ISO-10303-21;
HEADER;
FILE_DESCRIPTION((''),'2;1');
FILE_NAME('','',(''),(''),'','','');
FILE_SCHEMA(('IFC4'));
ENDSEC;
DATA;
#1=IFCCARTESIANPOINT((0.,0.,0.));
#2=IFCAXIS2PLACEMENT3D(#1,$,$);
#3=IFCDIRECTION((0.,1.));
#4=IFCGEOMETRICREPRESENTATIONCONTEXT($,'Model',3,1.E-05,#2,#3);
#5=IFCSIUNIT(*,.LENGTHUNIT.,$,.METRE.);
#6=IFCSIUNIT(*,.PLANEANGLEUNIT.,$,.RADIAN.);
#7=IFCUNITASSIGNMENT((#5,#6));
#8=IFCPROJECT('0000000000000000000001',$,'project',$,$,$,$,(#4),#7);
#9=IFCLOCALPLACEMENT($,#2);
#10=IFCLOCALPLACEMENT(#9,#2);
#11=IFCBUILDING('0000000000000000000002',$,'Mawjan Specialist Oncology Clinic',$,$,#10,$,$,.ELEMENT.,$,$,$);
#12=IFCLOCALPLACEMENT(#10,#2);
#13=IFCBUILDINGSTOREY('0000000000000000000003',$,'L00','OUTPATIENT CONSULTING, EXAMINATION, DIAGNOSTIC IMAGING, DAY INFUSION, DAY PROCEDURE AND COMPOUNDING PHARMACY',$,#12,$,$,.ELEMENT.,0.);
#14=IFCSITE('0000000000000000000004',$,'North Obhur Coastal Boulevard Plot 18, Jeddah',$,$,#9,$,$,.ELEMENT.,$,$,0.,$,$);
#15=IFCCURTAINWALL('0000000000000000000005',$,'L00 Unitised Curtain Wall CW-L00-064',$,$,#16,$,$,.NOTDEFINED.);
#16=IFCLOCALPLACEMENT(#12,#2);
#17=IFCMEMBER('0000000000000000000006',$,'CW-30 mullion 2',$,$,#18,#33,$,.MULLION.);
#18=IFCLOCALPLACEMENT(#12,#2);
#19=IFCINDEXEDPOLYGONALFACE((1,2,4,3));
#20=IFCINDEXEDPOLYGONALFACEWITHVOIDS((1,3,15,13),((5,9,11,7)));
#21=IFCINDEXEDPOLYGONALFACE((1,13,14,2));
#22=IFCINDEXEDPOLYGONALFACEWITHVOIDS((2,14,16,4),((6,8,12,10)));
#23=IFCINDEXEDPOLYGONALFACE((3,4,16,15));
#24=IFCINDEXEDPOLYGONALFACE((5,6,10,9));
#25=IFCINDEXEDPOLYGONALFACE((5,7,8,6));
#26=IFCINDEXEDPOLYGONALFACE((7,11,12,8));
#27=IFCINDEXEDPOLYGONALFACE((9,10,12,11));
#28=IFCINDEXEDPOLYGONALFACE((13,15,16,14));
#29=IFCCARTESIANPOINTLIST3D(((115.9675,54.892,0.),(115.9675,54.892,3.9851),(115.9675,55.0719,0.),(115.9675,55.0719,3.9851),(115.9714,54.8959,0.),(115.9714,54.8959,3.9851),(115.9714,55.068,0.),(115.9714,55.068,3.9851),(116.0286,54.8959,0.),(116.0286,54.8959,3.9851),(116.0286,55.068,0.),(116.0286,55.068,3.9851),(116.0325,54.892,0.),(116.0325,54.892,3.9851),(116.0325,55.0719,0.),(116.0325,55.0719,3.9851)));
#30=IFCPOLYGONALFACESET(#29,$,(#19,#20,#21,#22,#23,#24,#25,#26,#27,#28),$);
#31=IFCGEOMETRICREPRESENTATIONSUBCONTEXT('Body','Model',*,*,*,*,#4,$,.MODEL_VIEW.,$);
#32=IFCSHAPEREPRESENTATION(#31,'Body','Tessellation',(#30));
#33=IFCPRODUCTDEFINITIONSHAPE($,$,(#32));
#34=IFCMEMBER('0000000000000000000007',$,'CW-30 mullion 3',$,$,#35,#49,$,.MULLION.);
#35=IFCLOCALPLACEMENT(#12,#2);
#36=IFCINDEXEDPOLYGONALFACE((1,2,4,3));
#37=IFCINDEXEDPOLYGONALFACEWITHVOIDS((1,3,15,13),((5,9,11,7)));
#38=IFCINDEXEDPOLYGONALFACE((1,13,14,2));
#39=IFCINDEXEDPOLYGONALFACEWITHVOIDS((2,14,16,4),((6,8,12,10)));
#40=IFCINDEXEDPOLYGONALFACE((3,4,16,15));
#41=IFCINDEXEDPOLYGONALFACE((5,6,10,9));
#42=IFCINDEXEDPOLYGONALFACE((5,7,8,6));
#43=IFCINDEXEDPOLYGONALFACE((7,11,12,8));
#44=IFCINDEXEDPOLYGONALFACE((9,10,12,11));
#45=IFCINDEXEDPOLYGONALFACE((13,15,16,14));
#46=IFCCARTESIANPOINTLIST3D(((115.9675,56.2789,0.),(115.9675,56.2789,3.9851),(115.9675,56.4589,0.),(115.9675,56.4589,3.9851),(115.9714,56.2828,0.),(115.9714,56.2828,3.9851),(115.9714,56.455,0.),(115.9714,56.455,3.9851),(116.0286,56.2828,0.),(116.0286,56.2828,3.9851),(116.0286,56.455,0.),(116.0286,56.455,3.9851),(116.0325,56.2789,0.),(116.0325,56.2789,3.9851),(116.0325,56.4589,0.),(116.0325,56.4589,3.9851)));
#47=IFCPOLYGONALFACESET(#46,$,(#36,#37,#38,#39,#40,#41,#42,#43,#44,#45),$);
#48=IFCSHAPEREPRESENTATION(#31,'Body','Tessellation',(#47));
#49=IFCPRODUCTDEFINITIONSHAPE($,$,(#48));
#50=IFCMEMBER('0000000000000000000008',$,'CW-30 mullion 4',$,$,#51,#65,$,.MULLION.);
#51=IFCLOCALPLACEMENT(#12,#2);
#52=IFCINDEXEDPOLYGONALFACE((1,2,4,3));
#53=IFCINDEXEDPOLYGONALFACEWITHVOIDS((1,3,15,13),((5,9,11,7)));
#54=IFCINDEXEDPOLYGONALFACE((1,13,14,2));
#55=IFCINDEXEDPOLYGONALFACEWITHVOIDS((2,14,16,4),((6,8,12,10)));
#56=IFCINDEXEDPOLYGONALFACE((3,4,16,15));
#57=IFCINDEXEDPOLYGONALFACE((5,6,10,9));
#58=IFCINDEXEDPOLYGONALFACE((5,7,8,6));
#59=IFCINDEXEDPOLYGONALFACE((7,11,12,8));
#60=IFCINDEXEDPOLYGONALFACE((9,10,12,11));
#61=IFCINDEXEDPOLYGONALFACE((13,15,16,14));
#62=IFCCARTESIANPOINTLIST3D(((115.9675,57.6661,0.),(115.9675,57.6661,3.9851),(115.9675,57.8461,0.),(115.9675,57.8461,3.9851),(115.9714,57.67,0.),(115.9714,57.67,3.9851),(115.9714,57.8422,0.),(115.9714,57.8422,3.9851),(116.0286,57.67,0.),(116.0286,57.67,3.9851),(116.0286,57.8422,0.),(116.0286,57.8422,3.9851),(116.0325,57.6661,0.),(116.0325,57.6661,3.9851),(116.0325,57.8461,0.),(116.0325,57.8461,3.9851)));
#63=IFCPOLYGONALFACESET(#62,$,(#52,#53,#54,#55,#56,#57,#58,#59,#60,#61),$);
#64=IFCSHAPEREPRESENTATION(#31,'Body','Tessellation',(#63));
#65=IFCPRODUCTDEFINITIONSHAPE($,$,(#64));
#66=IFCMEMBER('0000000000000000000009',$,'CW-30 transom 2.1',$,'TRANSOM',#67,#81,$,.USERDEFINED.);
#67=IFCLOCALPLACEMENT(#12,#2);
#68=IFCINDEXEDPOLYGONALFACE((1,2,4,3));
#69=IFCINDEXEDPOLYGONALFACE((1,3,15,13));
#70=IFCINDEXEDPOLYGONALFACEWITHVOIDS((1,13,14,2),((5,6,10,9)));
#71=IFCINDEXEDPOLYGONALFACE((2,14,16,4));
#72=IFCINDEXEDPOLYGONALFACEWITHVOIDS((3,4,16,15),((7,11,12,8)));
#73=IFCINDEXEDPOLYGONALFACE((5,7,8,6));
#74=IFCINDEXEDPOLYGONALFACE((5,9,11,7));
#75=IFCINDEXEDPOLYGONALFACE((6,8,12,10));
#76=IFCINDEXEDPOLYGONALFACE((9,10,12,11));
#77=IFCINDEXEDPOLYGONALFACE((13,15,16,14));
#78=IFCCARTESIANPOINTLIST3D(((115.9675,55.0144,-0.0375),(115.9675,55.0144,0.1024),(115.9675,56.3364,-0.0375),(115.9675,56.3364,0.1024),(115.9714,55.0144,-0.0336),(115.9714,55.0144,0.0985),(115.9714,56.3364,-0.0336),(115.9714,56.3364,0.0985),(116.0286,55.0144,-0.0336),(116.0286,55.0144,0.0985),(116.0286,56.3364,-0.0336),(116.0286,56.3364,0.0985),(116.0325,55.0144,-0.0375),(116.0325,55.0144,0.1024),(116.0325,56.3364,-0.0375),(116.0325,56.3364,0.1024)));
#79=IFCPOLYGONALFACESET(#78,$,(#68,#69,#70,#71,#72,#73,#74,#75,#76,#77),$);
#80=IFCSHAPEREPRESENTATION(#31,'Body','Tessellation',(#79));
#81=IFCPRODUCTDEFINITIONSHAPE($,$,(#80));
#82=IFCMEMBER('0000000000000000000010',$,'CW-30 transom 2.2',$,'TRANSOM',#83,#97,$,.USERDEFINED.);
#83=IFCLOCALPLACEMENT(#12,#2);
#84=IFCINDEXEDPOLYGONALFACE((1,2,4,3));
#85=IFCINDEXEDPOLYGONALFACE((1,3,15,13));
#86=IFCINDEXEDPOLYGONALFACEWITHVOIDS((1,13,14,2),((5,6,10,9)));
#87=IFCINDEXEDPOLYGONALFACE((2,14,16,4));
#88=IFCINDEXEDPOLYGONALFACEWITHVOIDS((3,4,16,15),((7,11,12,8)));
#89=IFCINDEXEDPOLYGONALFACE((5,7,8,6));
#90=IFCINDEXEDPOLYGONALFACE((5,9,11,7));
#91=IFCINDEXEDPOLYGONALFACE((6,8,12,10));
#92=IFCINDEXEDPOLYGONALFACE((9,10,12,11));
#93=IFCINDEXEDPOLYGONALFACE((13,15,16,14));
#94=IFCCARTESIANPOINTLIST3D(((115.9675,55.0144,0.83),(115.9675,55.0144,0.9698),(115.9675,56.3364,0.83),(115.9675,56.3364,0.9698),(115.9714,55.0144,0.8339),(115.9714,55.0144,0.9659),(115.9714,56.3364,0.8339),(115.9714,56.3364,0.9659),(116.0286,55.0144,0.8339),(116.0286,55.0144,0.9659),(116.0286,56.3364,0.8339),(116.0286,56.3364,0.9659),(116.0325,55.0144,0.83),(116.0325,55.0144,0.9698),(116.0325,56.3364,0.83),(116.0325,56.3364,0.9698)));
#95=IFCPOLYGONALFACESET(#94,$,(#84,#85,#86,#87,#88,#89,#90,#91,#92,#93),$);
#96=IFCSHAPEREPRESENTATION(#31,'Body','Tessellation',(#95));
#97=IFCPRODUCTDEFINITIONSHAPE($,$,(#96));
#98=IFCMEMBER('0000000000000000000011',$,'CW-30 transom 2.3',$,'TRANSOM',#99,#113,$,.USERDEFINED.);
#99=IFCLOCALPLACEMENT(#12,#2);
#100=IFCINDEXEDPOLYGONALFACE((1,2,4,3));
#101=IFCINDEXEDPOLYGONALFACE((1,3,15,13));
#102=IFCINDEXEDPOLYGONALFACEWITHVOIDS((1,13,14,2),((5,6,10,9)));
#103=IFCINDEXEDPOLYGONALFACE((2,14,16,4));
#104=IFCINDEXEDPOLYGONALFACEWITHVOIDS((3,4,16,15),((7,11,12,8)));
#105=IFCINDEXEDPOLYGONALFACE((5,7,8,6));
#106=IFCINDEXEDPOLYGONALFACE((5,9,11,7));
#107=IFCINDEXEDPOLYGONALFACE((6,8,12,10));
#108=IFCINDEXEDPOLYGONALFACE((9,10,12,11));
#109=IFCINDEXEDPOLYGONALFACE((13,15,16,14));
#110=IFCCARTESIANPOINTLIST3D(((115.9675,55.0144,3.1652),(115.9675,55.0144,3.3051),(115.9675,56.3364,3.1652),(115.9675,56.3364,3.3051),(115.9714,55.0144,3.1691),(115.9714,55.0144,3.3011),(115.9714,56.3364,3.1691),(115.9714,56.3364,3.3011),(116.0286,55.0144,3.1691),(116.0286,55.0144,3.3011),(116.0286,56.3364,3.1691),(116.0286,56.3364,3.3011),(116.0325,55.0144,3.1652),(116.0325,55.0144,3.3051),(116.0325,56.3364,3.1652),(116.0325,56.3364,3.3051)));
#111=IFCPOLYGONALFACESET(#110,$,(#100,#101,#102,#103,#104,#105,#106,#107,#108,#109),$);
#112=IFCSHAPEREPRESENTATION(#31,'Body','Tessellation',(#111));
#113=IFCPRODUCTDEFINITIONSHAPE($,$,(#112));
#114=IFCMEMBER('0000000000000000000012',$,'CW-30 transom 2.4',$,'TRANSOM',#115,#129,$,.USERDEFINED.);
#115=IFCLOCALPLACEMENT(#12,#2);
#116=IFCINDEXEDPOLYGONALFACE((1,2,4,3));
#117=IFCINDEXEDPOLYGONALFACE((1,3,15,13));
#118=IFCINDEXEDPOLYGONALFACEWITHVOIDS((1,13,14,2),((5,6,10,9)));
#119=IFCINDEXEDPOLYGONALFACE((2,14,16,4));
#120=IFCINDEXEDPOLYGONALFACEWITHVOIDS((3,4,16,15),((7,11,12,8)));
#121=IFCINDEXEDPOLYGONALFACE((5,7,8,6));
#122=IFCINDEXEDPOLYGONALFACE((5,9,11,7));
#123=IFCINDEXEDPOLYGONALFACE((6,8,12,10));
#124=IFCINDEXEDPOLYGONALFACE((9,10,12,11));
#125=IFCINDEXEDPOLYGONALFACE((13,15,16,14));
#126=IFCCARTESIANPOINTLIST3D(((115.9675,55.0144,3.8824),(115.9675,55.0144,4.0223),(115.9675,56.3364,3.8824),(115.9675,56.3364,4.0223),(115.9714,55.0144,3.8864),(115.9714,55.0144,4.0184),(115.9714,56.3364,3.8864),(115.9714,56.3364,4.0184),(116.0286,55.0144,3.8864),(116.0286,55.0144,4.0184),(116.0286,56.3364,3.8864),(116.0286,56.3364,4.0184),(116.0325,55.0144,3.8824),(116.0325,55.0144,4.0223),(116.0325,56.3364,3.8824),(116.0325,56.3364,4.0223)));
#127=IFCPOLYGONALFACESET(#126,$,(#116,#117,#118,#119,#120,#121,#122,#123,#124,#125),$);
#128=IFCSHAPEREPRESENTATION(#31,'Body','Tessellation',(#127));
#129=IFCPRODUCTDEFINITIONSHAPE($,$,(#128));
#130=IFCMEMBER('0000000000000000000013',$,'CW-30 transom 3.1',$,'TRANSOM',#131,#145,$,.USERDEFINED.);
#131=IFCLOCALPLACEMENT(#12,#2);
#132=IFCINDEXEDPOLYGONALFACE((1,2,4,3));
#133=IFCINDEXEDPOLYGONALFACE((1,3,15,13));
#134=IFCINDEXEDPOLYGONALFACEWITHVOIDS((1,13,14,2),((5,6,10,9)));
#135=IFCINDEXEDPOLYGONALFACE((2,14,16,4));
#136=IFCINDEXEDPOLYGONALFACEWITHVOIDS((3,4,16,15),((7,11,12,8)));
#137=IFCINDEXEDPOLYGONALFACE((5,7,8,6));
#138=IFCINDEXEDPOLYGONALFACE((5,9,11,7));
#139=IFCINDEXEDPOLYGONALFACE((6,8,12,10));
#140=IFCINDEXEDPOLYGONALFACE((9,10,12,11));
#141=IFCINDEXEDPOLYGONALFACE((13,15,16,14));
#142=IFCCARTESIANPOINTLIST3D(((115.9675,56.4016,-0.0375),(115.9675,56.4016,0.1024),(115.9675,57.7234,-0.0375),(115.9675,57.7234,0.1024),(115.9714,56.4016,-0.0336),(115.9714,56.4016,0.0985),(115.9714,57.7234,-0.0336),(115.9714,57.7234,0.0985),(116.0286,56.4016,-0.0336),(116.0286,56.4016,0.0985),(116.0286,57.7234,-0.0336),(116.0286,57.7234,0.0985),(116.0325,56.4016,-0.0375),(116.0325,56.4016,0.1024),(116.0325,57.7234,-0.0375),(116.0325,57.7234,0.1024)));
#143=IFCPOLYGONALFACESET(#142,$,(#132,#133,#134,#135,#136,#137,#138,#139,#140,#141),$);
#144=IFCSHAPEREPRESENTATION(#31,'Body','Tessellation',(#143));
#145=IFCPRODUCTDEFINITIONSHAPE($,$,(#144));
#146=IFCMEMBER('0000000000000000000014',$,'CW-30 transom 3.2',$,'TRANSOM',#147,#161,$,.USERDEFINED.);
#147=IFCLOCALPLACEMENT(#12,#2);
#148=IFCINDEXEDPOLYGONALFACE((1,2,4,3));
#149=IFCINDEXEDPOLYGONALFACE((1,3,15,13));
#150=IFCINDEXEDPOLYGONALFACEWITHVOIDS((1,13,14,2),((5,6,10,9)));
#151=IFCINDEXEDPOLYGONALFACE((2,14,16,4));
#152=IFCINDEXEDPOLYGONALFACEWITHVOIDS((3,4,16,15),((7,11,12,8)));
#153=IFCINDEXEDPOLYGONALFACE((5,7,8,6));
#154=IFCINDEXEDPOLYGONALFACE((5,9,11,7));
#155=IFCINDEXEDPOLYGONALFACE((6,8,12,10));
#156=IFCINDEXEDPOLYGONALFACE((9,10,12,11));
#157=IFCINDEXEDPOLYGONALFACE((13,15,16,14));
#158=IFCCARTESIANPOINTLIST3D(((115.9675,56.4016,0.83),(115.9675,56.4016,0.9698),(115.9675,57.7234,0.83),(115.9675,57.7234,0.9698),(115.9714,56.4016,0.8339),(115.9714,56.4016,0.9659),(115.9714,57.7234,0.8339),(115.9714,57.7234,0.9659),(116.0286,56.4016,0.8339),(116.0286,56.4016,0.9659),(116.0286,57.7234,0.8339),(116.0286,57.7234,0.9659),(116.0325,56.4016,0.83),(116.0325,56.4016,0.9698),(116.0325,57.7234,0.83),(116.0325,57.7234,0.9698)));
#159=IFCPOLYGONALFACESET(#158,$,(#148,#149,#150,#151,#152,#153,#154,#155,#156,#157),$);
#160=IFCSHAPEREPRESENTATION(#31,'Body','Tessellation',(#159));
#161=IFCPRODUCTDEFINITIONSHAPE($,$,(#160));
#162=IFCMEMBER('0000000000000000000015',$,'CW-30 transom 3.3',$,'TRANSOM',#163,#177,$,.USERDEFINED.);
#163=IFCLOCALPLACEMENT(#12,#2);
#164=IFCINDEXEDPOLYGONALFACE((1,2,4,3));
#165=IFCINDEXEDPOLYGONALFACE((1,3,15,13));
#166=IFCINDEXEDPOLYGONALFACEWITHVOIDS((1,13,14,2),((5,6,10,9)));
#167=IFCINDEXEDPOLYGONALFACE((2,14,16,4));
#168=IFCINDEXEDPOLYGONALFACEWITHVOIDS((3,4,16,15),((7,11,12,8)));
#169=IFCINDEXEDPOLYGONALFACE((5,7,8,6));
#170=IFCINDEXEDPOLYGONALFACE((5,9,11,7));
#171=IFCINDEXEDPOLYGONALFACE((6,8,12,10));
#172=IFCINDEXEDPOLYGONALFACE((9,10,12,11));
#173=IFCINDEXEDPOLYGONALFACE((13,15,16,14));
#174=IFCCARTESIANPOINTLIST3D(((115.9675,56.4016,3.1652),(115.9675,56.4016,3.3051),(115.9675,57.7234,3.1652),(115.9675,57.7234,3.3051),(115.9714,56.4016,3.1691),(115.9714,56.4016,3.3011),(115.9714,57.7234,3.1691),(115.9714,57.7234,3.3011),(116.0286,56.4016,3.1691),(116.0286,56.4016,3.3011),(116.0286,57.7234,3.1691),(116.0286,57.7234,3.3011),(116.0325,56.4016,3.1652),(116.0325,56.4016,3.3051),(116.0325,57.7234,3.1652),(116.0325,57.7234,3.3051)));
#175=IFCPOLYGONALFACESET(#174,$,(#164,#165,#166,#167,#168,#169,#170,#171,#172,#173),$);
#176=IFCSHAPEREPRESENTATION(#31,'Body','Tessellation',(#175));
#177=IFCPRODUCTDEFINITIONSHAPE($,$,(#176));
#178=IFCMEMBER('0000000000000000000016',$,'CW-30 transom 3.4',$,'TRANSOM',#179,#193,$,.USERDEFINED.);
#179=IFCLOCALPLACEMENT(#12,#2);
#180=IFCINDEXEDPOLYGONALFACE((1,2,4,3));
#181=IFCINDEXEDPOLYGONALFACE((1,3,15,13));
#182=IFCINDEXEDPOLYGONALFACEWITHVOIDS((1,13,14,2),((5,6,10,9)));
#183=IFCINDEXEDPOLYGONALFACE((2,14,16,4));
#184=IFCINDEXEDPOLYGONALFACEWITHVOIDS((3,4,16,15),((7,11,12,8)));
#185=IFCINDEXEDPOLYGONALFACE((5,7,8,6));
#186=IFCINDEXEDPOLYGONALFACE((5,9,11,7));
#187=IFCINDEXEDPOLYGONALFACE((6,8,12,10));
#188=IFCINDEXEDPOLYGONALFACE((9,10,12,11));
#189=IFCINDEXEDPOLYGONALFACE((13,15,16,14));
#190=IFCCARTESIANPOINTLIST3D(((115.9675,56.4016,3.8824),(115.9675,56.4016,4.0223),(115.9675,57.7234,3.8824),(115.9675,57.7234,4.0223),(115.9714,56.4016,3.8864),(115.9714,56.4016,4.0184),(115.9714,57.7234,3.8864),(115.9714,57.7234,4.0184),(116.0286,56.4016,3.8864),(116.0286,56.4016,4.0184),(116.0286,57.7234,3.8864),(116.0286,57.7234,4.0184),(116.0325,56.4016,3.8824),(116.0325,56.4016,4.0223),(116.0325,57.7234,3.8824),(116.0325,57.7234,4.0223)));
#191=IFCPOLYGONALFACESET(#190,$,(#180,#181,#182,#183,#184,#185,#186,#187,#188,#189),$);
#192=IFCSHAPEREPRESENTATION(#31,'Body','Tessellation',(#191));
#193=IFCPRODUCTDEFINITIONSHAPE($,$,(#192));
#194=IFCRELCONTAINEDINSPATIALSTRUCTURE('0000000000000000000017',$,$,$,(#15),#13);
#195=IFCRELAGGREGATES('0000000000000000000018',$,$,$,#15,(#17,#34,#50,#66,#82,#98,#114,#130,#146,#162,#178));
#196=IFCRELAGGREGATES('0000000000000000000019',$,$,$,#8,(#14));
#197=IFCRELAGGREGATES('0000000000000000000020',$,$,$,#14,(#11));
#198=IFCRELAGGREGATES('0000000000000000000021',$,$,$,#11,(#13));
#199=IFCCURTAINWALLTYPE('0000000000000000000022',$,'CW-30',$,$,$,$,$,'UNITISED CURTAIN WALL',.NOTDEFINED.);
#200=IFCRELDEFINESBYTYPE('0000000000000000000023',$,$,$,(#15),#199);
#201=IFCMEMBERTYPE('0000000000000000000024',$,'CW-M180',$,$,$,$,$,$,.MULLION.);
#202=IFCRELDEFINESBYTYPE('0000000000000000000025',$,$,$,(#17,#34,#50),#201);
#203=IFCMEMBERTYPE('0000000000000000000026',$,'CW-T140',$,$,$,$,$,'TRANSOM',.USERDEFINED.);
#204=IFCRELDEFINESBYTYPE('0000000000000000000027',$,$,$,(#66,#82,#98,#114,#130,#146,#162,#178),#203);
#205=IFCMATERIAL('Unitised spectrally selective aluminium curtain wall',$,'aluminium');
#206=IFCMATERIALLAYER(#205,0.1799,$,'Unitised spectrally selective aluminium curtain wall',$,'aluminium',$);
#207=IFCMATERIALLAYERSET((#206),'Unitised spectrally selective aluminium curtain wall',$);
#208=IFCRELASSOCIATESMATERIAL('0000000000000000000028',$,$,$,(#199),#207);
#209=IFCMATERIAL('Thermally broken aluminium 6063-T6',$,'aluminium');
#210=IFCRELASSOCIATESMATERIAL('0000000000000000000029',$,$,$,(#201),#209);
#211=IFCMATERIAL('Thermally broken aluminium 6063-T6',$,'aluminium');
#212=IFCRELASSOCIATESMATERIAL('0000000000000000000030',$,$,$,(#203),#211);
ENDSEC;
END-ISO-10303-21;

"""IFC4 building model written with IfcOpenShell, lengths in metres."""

from ifc_helpers import new_model, si_unit, direction, frame, origin, origin_2d, place, context, subcontext, project, spatial, hollow_rectangle, extrude, material, layer, layer_set, material_profile, profile_set, type_object, element, aggregate, save


model = new_model("IFC4")

# Units and contexts
model_context = context("Model", 3, precision=1e-05, world=origin(), true_north=direction((0.0, 1.0)))
body_context = subcontext(model_context, "Body", "Model", "MODEL_VIEW")
ifc_project = project(units=[si_unit("LENGTHUNIT", "METRE"), si_unit("PLANEANGLEUNIT", "RADIAN")], contexts=[model_context])

# Site, building, storey
site_placement = place(None, origin())
site = spatial("IfcSite", under=ifc_project, at=site_placement, Name="North Obhur Coastal Boulevard Plot 18, Jeddah", CompositionType="ELEMENT", RefElevation=0.0)
building_placement = place(site_placement, origin())
building = spatial("IfcBuilding", under=site, at=building_placement, Name="Mawjan Specialist Oncology Clinic", CompositionType="ELEMENT")
storey_placement = place(building_placement, origin())
storey = spatial("IfcBuildingStorey", under=building, at=storey_placement, Name="L00", Description="OUTPATIENT CONSULTING, EXAMINATION, DIAGNOSTIC IMAGING, DAY INFUSION, DAY PROCEDURE AND COMPOUNDING PHARMACY", CompositionType="ELEMENT", Elevation=0.0)

# Curtain wall, members
ifc_material_1 = material(Name="Unitised spectrally selective aluminium curtain wall", Category="aluminium")
ifc_layer_1 = layer(ifc_material_1, 0.1799, Name="Unitised spectrally selective aluminium curtain wall", Category="aluminium")
ifc_layer_set_1 = layer_set([ifc_layer_1], Name="Unitised spectrally selective aluminium curtain wall")
curtain_wall_type = type_object("IfcCurtainWallType", Name="CW-30", ElementType="UNITISED CURTAIN WALL", PredefinedType="NOTDEFINED", material=ifc_layer_set_1)
curtain_wall_placement = place(storey_placement, origin())
curtain_wall = element("IfcCurtainWall", 1, at=curtain_wall_placement, inside=storey, type_object=curtain_wall_type, Name="L00 Unitised Curtain Wall CW-L00-064", PredefinedType="NOTDEFINED")
ifc_material_2 = material(Name="Thermally broken aluminium 6063-T6", Category="aluminium")
ifc_material_profile_1 = material_profile(ifc_material_2, hollow_rectangle(XDim=0.0649, YDim=0.1799, WallThickness=0.0039, at=origin_2d()), Name="ALU MULLION 180x65x4", Category="aluminium")
ifc_profile_set_1 = profile_set([ifc_material_profile_1], Name="Thermally broken aluminium 6063-T6")
member_type_1 = type_object("IfcMemberType", Name="CW-M180", PredefinedType="MULLION", material=ifc_profile_set_1)
member_1_placement = place(storey_placement, frame((116.0, 54.9819, 0.0), z_axis=(0.0, 0.0, 1.0), x_axis=(-1.0, 0.0, 0.0)))
member_1 = element("IfcMember", 2, at=member_1_placement, type_object=member_type_1, Name="CW-30 mullion 2", PredefinedType="MULLION", context=body_context, shape_type="SweptSolid", body=[
    extrude(hollow_rectangle(XDim=0.0649, YDim=0.1799, WallThickness=0.0039, at=origin_2d()), origin(), (0.0, 0.0, 1.0), 3.9851),
])
member_2_placement = place(storey_placement, frame((116.0, 56.3689, 0.0), z_axis=(0.0, 0.0, 1.0), x_axis=(-1.0, 0.0, 0.0)))
member_2 = element("IfcMember", 3, at=member_2_placement, type_object=member_type_1, Name="CW-30 mullion 3", PredefinedType="MULLION", context=body_context, shape_type="SweptSolid", body=[
    extrude(hollow_rectangle(XDim=0.0649, YDim=0.1799, WallThickness=0.0039, at=origin_2d()), origin(), (0.0, 0.0, 1.0), 3.9851),
])
member_3_placement = place(storey_placement, frame((116.0, 57.7561, 0.0), z_axis=(0.0, 0.0, 1.0), x_axis=(-1.0, 0.0, 0.0)))
member_3 = element("IfcMember", 4, at=member_3_placement, type_object=member_type_1, Name="CW-30 mullion 4", PredefinedType="MULLION", context=body_context, shape_type="SweptSolid", body=[
    extrude(hollow_rectangle(XDim=0.0649, YDim=0.1799, WallThickness=0.0039, at=origin_2d()), origin(), (0.0, 0.0, 1.0), 3.9851),
])
ifc_material_3 = material(Name="Thermally broken aluminium 6063-T6", Category="aluminium")
ifc_material_profile_2 = material_profile(ifc_material_3, hollow_rectangle(XDim=0.0649, YDim=0.1399, WallThickness=0.0039, at=origin_2d()), Name="ALU TRANSOM 140x65x4", Category="aluminium")
ifc_profile_set_2 = profile_set([ifc_material_profile_2], Name="Thermally broken aluminium 6063-T6")
member_type_2 = type_object("IfcMemberType", Name="CW-T140", ElementType="TRANSOM", PredefinedType="USERDEFINED", material=ifc_profile_set_2)
member_4_placement = place(storey_placement, frame((116.0, 55.0144, 0.0325), z_axis=(0.0, 1.0, 0.0), x_axis=(-1.0, 0.0, 0.0)))
member_4 = element("IfcMember", 5, at=member_4_placement, type_object=member_type_2, Name="CW-30 transom 2.1", ObjectType="TRANSOM", PredefinedType="USERDEFINED", context=body_context, shape_type="SweptSolid", body=[
    extrude(hollow_rectangle(XDim=0.0649, YDim=0.1399, WallThickness=0.0039, at=origin_2d()), origin(), (0.0, 0.0, 1.0), 1.322),
])
member_5_placement = place(storey_placement, frame((116.0, 55.0144, 0.8999), z_axis=(0.0, 1.0, 0.0), x_axis=(-1.0, 0.0, 0.0)))
member_5 = element("IfcMember", 6, at=member_5_placement, type_object=member_type_2, Name="CW-30 transom 2.2", ObjectType="TRANSOM", PredefinedType="USERDEFINED", context=body_context, shape_type="SweptSolid", body=[
    extrude(hollow_rectangle(XDim=0.0649, YDim=0.1399, WallThickness=0.0039, at=origin_2d()), origin(), (0.0, 0.0, 1.0), 1.322),
])
member_6_placement = place(storey_placement, frame((116.0, 55.0144, 3.2351), z_axis=(0.0, 1.0, 0.0), x_axis=(-1.0, 0.0, 0.0)))
member_6 = element("IfcMember", 7, at=member_6_placement, type_object=member_type_2, Name="CW-30 transom 2.3", ObjectType="TRANSOM", PredefinedType="USERDEFINED", context=body_context, shape_type="SweptSolid", body=[
    extrude(hollow_rectangle(XDim=0.0649, YDim=0.1399, WallThickness=0.0039, at=origin_2d()), origin(), (0.0, 0.0, 1.0), 1.322),
])
member_7_placement = place(storey_placement, frame((116.0, 55.0144, 3.9524), z_axis=(0.0, 1.0, 0.0), x_axis=(-1.0, 0.0, 0.0)))
member_7 = element("IfcMember", 8, at=member_7_placement, type_object=member_type_2, Name="CW-30 transom 2.4", ObjectType="TRANSOM", PredefinedType="USERDEFINED", context=body_context, shape_type="SweptSolid", body=[
    extrude(hollow_rectangle(XDim=0.0649, YDim=0.1399, WallThickness=0.0039, at=origin_2d()), origin(), (0.0, 0.0, 1.0), 1.322),
])
member_8_placement = place(storey_placement, frame((116.0, 56.4016, 0.0325), z_axis=(0.0, 1.0, 0.0), x_axis=(-1.0, 0.0, 0.0)))
member_8 = element("IfcMember", 9, at=member_8_placement, type_object=member_type_2, Name="CW-30 transom 3.1", ObjectType="TRANSOM", PredefinedType="USERDEFINED", context=body_context, shape_type="SweptSolid", body=[
    extrude(hollow_rectangle(XDim=0.0649, YDim=0.1399, WallThickness=0.0039, at=origin_2d()), origin(), (0.0, 0.0, 1.0), 1.3218),
])
member_9_placement = place(storey_placement, frame((116.0, 56.4016, 0.8999), z_axis=(0.0, 1.0, 0.0), x_axis=(-1.0, 0.0, 0.0)))
member_9 = element("IfcMember", 10, at=member_9_placement, type_object=member_type_2, Name="CW-30 transom 3.2", ObjectType="TRANSOM", PredefinedType="USERDEFINED", context=body_context, shape_type="SweptSolid", body=[
    extrude(hollow_rectangle(XDim=0.0649, YDim=0.1399, WallThickness=0.0039, at=origin_2d()), origin(), (0.0, 0.0, 1.0), 1.3218),
])
member_10_placement = place(storey_placement, frame((116.0, 56.4016, 3.2351), z_axis=(0.0, 1.0, 0.0), x_axis=(-1.0, 0.0, 0.0)))
member_10 = element("IfcMember", 11, at=member_10_placement, type_object=member_type_2, Name="CW-30 transom 3.3", ObjectType="TRANSOM", PredefinedType="USERDEFINED", context=body_context, shape_type="SweptSolid", body=[
    extrude(hollow_rectangle(XDim=0.0649, YDim=0.1399, WallThickness=0.0039, at=origin_2d()), origin(), (0.0, 0.0, 1.0), 1.3218),
])
member_11_placement = place(storey_placement, frame((116.0, 56.4016, 3.9524), z_axis=(0.0, 1.0, 0.0), x_axis=(-1.0, 0.0, 0.0)))
member_11 = element("IfcMember", 12, at=member_11_placement, type_object=member_type_2, Name="CW-30 transom 3.4", ObjectType="TRANSOM", PredefinedType="USERDEFINED", context=body_context, shape_type="SweptSolid", body=[
    extrude(hollow_rectangle(XDim=0.0649, YDim=0.1399, WallThickness=0.0039, at=origin_2d()), origin(), (0.0, 0.0, 1.0), 1.3218),
])
aggregate(curtain_wall, [member_1, member_2, member_3, member_4, member_5, member_6, member_7, member_8, member_9, member_10, member_11])

save(model, "model.ifc")
